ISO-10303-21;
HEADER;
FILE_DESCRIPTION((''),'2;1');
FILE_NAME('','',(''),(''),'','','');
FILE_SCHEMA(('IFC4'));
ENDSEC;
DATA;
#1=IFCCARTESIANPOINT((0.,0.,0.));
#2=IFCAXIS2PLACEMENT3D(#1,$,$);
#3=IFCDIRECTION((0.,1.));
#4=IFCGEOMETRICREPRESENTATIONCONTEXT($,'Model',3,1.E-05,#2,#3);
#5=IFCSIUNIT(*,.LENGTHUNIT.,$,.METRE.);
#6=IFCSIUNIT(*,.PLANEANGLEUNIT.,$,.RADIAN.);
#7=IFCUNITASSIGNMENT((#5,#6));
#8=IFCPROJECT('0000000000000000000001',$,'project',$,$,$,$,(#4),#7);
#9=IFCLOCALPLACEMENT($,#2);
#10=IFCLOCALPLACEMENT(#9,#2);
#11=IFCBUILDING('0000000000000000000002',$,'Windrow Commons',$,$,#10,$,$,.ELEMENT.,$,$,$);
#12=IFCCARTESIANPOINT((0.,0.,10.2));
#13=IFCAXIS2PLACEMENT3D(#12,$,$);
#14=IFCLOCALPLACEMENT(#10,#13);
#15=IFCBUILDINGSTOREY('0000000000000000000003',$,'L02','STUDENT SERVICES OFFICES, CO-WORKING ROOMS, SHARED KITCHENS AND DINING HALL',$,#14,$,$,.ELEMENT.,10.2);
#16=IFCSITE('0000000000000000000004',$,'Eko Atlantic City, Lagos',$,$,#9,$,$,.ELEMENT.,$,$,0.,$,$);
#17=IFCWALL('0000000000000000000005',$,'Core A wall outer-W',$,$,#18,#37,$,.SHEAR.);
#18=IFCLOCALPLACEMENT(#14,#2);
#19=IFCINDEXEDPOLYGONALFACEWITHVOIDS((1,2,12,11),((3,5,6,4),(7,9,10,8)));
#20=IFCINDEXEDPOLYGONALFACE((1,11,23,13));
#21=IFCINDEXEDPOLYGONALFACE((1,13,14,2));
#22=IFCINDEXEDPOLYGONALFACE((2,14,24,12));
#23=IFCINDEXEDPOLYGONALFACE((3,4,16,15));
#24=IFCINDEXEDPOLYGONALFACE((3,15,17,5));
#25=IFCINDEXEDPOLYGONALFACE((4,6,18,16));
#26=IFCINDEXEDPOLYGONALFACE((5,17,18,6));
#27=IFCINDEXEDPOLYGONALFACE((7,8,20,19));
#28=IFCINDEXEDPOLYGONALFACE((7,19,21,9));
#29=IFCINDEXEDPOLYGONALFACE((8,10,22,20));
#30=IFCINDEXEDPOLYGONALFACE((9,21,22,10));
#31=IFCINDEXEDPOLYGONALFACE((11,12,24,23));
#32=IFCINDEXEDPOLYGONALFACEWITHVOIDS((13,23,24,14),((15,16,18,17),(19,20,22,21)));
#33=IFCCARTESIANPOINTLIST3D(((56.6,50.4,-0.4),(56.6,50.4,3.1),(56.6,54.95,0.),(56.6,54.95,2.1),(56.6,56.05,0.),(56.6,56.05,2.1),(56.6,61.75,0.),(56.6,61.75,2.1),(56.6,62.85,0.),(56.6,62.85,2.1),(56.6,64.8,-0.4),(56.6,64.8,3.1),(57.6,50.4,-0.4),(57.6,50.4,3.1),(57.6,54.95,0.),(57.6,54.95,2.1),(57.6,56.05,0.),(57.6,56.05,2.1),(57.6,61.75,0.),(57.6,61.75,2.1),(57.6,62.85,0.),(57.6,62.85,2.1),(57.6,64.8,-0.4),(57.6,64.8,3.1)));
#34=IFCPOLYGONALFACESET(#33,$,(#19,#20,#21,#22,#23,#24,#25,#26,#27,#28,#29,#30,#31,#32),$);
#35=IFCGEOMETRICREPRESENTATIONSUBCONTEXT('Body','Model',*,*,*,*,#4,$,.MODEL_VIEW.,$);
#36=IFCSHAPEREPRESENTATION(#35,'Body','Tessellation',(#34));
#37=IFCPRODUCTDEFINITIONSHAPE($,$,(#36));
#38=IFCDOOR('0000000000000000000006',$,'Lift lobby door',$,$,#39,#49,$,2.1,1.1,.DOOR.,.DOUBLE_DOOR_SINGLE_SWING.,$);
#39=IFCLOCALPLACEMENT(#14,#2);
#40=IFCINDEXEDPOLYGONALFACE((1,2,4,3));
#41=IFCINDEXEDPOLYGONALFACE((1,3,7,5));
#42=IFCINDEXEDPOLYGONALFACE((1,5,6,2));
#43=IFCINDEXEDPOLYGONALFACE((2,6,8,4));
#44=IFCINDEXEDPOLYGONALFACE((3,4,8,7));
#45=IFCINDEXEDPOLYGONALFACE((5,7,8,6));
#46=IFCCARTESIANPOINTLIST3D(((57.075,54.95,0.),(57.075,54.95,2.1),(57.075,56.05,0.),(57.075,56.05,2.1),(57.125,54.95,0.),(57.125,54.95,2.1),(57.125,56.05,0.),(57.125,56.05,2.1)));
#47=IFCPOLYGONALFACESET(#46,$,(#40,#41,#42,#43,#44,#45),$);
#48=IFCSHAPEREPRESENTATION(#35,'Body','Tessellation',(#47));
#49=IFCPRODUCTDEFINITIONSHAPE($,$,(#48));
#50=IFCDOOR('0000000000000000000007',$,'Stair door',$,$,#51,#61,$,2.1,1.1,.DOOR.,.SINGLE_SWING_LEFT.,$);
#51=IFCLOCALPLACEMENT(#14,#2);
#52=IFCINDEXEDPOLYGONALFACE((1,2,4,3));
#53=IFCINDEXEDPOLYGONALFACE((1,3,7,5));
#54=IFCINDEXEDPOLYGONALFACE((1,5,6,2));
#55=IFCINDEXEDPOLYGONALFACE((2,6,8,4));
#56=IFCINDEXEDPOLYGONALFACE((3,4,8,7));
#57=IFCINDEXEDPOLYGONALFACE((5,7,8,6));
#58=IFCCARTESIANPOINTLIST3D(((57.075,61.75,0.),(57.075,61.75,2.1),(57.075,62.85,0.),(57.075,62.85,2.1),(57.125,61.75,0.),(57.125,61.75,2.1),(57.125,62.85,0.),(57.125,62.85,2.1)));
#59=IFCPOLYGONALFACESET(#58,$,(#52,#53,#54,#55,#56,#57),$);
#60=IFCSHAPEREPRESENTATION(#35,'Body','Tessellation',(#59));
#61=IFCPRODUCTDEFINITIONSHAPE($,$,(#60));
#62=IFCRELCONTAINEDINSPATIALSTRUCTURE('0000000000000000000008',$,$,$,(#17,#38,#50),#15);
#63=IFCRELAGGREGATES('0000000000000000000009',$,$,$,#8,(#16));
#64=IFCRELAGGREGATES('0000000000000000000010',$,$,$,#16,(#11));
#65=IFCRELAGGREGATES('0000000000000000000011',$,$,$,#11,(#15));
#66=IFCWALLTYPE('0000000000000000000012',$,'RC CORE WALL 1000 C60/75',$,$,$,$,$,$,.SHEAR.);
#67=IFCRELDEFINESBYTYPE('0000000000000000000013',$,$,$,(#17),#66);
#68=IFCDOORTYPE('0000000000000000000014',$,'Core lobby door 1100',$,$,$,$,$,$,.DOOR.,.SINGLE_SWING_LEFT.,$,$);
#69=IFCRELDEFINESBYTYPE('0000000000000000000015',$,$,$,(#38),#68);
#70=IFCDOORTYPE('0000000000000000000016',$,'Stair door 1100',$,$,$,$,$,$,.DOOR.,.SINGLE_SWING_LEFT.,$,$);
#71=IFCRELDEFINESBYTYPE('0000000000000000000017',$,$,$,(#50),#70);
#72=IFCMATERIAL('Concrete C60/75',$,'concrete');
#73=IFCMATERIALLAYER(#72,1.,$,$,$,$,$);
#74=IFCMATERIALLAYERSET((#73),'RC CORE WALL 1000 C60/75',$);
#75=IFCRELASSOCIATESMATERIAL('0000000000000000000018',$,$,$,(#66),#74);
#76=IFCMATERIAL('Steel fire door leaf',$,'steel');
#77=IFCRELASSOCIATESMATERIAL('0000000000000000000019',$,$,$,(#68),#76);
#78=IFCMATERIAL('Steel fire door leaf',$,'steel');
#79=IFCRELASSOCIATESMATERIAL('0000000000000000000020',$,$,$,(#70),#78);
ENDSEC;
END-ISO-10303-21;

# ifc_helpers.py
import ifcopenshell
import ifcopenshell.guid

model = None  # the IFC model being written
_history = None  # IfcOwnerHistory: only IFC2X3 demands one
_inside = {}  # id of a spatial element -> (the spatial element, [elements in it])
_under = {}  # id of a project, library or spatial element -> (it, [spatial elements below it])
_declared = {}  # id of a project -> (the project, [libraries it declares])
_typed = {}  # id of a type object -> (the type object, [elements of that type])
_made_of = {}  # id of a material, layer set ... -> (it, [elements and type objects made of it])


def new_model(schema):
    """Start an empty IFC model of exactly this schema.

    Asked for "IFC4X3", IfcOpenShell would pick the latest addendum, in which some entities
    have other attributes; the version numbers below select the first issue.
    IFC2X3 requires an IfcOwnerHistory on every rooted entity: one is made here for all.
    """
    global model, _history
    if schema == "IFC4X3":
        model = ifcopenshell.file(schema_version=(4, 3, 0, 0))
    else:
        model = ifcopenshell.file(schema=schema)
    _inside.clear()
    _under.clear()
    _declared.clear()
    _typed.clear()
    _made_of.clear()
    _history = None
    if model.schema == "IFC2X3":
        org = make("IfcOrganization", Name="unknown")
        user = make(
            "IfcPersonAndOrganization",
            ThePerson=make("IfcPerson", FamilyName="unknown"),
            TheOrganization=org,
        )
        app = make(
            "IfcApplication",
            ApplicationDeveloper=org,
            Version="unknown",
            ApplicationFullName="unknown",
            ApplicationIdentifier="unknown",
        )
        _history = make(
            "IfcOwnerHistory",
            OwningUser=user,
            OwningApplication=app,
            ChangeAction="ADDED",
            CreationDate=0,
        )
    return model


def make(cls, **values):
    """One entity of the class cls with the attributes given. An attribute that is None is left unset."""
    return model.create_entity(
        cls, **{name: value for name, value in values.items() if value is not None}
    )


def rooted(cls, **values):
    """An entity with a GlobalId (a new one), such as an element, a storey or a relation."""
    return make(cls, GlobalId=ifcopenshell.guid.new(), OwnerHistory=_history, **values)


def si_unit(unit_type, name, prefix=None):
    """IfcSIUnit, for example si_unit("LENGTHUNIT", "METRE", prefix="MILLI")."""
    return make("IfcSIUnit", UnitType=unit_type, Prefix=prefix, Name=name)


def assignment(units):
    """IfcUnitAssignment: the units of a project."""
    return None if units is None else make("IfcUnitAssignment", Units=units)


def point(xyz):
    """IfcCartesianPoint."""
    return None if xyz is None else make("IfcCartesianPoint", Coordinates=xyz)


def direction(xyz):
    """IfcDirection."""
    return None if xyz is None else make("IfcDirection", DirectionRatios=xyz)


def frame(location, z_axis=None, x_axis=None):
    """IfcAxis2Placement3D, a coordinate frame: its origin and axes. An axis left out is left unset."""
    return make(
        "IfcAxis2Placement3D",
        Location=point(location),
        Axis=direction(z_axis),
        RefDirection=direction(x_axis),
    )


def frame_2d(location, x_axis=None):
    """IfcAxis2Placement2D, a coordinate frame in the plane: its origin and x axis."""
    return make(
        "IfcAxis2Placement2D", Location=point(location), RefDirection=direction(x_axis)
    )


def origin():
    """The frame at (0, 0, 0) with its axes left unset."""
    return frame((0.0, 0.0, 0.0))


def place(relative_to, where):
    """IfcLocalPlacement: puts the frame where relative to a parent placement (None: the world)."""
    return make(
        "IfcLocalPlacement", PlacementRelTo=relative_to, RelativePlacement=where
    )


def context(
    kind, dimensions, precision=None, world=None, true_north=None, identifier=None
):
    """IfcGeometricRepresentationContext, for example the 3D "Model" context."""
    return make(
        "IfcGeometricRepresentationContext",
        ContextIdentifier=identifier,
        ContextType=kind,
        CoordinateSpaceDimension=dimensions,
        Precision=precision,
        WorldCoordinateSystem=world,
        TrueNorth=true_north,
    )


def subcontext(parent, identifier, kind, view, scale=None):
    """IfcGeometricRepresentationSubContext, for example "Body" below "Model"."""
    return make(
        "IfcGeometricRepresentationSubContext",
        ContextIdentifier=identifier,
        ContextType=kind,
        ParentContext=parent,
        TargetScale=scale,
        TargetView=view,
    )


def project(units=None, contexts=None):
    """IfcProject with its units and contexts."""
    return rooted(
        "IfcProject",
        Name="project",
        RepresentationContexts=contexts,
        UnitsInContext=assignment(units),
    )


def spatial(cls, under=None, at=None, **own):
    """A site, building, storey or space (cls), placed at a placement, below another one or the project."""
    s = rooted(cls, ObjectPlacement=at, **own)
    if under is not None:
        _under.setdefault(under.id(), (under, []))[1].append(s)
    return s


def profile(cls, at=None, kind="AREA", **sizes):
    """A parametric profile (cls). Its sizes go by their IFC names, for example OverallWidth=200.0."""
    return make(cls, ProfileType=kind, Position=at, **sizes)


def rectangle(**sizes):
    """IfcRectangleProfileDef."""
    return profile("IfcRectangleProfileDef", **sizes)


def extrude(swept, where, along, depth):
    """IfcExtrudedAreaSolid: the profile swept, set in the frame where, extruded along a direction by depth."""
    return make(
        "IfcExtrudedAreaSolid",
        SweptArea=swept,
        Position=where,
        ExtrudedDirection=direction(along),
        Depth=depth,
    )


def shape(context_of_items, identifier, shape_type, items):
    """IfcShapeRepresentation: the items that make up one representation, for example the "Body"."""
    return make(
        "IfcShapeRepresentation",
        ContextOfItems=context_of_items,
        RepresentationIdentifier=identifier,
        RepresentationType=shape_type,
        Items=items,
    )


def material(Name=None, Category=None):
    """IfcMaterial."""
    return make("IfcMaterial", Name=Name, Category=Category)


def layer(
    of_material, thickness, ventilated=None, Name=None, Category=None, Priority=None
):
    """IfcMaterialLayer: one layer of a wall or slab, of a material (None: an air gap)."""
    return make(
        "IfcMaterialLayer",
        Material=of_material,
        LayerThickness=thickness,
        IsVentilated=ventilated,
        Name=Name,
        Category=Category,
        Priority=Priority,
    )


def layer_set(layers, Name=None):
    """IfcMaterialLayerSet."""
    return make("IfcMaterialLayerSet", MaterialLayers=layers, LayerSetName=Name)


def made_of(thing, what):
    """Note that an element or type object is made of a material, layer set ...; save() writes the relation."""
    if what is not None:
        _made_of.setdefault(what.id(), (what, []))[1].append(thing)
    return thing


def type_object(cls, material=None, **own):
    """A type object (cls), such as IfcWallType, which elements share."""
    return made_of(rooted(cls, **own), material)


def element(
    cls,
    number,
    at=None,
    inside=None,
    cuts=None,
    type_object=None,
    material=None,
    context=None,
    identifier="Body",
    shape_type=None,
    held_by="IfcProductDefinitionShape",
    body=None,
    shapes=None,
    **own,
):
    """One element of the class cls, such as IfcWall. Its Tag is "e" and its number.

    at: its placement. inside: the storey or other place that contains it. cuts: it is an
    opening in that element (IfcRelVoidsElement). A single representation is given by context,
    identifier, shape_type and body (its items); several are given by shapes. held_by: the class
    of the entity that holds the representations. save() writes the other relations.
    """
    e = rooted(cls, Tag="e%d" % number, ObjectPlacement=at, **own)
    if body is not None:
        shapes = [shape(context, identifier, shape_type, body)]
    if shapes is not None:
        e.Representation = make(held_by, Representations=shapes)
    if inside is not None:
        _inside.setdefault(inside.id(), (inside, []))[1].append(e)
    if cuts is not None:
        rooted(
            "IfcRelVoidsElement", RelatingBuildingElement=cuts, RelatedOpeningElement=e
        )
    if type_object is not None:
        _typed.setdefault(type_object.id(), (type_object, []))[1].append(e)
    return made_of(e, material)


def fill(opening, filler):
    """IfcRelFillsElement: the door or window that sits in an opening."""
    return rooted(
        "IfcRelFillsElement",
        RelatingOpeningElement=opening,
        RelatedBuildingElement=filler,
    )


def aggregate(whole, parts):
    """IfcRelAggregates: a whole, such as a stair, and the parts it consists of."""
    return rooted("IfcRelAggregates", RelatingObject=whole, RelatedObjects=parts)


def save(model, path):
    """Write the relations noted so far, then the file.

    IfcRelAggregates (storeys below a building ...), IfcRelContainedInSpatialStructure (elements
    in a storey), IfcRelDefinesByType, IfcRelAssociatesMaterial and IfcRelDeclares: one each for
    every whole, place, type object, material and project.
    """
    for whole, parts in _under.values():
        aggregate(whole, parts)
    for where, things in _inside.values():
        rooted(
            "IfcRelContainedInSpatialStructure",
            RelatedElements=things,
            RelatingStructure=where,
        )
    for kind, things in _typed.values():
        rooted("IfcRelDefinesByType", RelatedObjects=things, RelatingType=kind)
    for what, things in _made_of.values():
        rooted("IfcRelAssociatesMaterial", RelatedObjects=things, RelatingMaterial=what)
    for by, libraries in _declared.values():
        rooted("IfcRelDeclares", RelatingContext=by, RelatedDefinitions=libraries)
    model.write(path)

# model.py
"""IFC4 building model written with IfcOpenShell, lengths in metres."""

from ifc_helpers import new_model, si_unit, direction, frame, frame_2d, origin, place, context, subcontext, project, spatial, rectangle, extrude, material, layer, layer_set, type_object, element, fill, save


model = new_model("IFC4")

# Units and contexts
model_context = context("Model", 3, precision=1e-05, world=origin(), true_north=direction((0.0, 1.0)))
body_context = subcontext(model_context, "Body", "Model", "MODEL_VIEW")
ifc_project = project(units=[si_unit("LENGTHUNIT", "METRE"), si_unit("PLANEANGLEUNIT", "RADIAN")], contexts=[model_context])

# Site, building, storey
site_placement = place(None, origin())
site = spatial("IfcSite", under=ifc_project, at=site_placement, Name="Eko Atlantic City, Lagos", CompositionType="ELEMENT", RefElevation=0.0)
building_placement = place(site_placement, origin())
building = spatial("IfcBuilding", under=site, at=building_placement, Name="Windrow Commons", CompositionType="ELEMENT")
storey_placement = place(building_placement, frame((0.0, 0.0, 10.2)))
storey = spatial("IfcBuildingStorey", under=building, at=storey_placement, Name="L02", Description="STUDENT SERVICES OFFICES, CO-WORKING ROOMS, SHARED KITCHENS AND DINING HALL", CompositionType="ELEMENT", Elevation=10.2)

# Wall, openings, doors
ifc_material_1 = material(Name="Concrete C60/75", Category="concrete")
ifc_layer_1 = layer(ifc_material_1, 1.0)
ifc_layer_set_1 = layer_set([ifc_layer_1], Name="RC CORE WALL 1000 C60/75")
wall_type_1 = type_object("IfcWallType", Name="RC CORE WALL 1000 C60/75", PredefinedType="SHEAR", material=ifc_layer_set_1)
wall_1_placement = place(storey_placement, frame((57.1, 50.4, -0.4), z_axis=(0.0, 0.0, 1.0), x_axis=(0.0, 1.0, 0.0)))
wall_1 = element("IfcWall", 1, at=wall_1_placement, inside=storey, type_object=wall_type_1, Name="Core A wall outer-W", PredefinedType="SHEAR", context=body_context, shape_type="SweptSolid", body=[
    extrude(rectangle(XDim=14.4, YDim=1.0, at=frame_2d((7.2, 0.0))), origin(), (0.0, 0.0, 1.0), 3.5),
])
opening_1_placement = place(wall_1_placement, frame((4.55, 0.0, 0.4)))
opening_1 = element("IfcOpeningElement", 2, at=opening_1_placement, cuts=wall_1, PredefinedType="OPENING", context=body_context, shape_type="SweptSolid", body=[
    extrude(rectangle(XDim=1.1, YDim=2.1, at=frame_2d((0.55, 1.05))), frame((0.0, 0.51, 0.0), z_axis=(0.0, -1.0, 0.0), x_axis=(1.0, 0.0, 0.0)), (0.0, 0.0, 1.0), 1.02),
])
opening_2_placement = place(wall_1_placement, frame((11.35, 0.0, 0.4)))
opening_2 = element("IfcOpeningElement", 3, at=opening_2_placement, cuts=wall_1, PredefinedType="OPENING", context=body_context, shape_type="SweptSolid", body=[
    extrude(rectangle(XDim=1.1, YDim=2.1, at=frame_2d((0.55, 1.05))), frame((0.0, 0.51, 0.0), z_axis=(0.0, -1.0, 0.0), x_axis=(1.0, 0.0, 0.0)), (0.0, 0.0, 1.0), 1.02),
])
ifc_material_2 = material(Name="Steel fire door leaf", Category="steel")
door_type_1 = type_object("IfcDoorType", Name="Core lobby door 1100", OperationType="SINGLE_SWING_LEFT", PredefinedType="DOOR", material=ifc_material_2)
door_1_placement = place(opening_1_placement, origin())
door_1 = element("IfcDoor", 4, at=door_1_placement, inside=storey, type_object=door_type_1, Name="Lift lobby door", OperationType="DOUBLE_DOOR_SINGLE_SWING", OverallHeight=2.1, OverallWidth=1.1, PredefinedType="DOOR", context=body_context, shape_type="SweptSolid", body=[
    extrude(rectangle(XDim=1.1, YDim=2.1, at=frame_2d((0.55, 1.05))), frame((0.0, 0.025, 0.0), z_axis=(0.0, -1.0, 0.0), x_axis=(1.0, 0.0, 0.0)), (0.0, 0.0, 1.0), 0.05),
])
fill(opening_1, door_1)
ifc_material_3 = material(Name="Steel fire door leaf", Category="steel")
door_type_2 = type_object("IfcDoorType", Name="Stair door 1100", OperationType="SINGLE_SWING_LEFT", PredefinedType="DOOR", material=ifc_material_3)
door_2_placement = place(opening_2_placement, origin())
door_2 = element("IfcDoor", 5, at=door_2_placement, inside=storey, type_object=door_type_2, Name="Stair door", OperationType="SINGLE_SWING_LEFT", OverallHeight=2.1, OverallWidth=1.1, PredefinedType="DOOR", context=body_context, shape_type="SweptSolid", body=[
    extrude(rectangle(XDim=1.1, YDim=2.1, at=frame_2d((0.55, 1.05))), frame((0.0, 0.025, 0.0), z_axis=(0.0, -1.0, 0.0), x_axis=(1.0, 0.0, 0.0)), (0.0, 0.0, 1.0), 0.05),
])
fill(opening_2, door_2)

save(model, "model.ifc")
